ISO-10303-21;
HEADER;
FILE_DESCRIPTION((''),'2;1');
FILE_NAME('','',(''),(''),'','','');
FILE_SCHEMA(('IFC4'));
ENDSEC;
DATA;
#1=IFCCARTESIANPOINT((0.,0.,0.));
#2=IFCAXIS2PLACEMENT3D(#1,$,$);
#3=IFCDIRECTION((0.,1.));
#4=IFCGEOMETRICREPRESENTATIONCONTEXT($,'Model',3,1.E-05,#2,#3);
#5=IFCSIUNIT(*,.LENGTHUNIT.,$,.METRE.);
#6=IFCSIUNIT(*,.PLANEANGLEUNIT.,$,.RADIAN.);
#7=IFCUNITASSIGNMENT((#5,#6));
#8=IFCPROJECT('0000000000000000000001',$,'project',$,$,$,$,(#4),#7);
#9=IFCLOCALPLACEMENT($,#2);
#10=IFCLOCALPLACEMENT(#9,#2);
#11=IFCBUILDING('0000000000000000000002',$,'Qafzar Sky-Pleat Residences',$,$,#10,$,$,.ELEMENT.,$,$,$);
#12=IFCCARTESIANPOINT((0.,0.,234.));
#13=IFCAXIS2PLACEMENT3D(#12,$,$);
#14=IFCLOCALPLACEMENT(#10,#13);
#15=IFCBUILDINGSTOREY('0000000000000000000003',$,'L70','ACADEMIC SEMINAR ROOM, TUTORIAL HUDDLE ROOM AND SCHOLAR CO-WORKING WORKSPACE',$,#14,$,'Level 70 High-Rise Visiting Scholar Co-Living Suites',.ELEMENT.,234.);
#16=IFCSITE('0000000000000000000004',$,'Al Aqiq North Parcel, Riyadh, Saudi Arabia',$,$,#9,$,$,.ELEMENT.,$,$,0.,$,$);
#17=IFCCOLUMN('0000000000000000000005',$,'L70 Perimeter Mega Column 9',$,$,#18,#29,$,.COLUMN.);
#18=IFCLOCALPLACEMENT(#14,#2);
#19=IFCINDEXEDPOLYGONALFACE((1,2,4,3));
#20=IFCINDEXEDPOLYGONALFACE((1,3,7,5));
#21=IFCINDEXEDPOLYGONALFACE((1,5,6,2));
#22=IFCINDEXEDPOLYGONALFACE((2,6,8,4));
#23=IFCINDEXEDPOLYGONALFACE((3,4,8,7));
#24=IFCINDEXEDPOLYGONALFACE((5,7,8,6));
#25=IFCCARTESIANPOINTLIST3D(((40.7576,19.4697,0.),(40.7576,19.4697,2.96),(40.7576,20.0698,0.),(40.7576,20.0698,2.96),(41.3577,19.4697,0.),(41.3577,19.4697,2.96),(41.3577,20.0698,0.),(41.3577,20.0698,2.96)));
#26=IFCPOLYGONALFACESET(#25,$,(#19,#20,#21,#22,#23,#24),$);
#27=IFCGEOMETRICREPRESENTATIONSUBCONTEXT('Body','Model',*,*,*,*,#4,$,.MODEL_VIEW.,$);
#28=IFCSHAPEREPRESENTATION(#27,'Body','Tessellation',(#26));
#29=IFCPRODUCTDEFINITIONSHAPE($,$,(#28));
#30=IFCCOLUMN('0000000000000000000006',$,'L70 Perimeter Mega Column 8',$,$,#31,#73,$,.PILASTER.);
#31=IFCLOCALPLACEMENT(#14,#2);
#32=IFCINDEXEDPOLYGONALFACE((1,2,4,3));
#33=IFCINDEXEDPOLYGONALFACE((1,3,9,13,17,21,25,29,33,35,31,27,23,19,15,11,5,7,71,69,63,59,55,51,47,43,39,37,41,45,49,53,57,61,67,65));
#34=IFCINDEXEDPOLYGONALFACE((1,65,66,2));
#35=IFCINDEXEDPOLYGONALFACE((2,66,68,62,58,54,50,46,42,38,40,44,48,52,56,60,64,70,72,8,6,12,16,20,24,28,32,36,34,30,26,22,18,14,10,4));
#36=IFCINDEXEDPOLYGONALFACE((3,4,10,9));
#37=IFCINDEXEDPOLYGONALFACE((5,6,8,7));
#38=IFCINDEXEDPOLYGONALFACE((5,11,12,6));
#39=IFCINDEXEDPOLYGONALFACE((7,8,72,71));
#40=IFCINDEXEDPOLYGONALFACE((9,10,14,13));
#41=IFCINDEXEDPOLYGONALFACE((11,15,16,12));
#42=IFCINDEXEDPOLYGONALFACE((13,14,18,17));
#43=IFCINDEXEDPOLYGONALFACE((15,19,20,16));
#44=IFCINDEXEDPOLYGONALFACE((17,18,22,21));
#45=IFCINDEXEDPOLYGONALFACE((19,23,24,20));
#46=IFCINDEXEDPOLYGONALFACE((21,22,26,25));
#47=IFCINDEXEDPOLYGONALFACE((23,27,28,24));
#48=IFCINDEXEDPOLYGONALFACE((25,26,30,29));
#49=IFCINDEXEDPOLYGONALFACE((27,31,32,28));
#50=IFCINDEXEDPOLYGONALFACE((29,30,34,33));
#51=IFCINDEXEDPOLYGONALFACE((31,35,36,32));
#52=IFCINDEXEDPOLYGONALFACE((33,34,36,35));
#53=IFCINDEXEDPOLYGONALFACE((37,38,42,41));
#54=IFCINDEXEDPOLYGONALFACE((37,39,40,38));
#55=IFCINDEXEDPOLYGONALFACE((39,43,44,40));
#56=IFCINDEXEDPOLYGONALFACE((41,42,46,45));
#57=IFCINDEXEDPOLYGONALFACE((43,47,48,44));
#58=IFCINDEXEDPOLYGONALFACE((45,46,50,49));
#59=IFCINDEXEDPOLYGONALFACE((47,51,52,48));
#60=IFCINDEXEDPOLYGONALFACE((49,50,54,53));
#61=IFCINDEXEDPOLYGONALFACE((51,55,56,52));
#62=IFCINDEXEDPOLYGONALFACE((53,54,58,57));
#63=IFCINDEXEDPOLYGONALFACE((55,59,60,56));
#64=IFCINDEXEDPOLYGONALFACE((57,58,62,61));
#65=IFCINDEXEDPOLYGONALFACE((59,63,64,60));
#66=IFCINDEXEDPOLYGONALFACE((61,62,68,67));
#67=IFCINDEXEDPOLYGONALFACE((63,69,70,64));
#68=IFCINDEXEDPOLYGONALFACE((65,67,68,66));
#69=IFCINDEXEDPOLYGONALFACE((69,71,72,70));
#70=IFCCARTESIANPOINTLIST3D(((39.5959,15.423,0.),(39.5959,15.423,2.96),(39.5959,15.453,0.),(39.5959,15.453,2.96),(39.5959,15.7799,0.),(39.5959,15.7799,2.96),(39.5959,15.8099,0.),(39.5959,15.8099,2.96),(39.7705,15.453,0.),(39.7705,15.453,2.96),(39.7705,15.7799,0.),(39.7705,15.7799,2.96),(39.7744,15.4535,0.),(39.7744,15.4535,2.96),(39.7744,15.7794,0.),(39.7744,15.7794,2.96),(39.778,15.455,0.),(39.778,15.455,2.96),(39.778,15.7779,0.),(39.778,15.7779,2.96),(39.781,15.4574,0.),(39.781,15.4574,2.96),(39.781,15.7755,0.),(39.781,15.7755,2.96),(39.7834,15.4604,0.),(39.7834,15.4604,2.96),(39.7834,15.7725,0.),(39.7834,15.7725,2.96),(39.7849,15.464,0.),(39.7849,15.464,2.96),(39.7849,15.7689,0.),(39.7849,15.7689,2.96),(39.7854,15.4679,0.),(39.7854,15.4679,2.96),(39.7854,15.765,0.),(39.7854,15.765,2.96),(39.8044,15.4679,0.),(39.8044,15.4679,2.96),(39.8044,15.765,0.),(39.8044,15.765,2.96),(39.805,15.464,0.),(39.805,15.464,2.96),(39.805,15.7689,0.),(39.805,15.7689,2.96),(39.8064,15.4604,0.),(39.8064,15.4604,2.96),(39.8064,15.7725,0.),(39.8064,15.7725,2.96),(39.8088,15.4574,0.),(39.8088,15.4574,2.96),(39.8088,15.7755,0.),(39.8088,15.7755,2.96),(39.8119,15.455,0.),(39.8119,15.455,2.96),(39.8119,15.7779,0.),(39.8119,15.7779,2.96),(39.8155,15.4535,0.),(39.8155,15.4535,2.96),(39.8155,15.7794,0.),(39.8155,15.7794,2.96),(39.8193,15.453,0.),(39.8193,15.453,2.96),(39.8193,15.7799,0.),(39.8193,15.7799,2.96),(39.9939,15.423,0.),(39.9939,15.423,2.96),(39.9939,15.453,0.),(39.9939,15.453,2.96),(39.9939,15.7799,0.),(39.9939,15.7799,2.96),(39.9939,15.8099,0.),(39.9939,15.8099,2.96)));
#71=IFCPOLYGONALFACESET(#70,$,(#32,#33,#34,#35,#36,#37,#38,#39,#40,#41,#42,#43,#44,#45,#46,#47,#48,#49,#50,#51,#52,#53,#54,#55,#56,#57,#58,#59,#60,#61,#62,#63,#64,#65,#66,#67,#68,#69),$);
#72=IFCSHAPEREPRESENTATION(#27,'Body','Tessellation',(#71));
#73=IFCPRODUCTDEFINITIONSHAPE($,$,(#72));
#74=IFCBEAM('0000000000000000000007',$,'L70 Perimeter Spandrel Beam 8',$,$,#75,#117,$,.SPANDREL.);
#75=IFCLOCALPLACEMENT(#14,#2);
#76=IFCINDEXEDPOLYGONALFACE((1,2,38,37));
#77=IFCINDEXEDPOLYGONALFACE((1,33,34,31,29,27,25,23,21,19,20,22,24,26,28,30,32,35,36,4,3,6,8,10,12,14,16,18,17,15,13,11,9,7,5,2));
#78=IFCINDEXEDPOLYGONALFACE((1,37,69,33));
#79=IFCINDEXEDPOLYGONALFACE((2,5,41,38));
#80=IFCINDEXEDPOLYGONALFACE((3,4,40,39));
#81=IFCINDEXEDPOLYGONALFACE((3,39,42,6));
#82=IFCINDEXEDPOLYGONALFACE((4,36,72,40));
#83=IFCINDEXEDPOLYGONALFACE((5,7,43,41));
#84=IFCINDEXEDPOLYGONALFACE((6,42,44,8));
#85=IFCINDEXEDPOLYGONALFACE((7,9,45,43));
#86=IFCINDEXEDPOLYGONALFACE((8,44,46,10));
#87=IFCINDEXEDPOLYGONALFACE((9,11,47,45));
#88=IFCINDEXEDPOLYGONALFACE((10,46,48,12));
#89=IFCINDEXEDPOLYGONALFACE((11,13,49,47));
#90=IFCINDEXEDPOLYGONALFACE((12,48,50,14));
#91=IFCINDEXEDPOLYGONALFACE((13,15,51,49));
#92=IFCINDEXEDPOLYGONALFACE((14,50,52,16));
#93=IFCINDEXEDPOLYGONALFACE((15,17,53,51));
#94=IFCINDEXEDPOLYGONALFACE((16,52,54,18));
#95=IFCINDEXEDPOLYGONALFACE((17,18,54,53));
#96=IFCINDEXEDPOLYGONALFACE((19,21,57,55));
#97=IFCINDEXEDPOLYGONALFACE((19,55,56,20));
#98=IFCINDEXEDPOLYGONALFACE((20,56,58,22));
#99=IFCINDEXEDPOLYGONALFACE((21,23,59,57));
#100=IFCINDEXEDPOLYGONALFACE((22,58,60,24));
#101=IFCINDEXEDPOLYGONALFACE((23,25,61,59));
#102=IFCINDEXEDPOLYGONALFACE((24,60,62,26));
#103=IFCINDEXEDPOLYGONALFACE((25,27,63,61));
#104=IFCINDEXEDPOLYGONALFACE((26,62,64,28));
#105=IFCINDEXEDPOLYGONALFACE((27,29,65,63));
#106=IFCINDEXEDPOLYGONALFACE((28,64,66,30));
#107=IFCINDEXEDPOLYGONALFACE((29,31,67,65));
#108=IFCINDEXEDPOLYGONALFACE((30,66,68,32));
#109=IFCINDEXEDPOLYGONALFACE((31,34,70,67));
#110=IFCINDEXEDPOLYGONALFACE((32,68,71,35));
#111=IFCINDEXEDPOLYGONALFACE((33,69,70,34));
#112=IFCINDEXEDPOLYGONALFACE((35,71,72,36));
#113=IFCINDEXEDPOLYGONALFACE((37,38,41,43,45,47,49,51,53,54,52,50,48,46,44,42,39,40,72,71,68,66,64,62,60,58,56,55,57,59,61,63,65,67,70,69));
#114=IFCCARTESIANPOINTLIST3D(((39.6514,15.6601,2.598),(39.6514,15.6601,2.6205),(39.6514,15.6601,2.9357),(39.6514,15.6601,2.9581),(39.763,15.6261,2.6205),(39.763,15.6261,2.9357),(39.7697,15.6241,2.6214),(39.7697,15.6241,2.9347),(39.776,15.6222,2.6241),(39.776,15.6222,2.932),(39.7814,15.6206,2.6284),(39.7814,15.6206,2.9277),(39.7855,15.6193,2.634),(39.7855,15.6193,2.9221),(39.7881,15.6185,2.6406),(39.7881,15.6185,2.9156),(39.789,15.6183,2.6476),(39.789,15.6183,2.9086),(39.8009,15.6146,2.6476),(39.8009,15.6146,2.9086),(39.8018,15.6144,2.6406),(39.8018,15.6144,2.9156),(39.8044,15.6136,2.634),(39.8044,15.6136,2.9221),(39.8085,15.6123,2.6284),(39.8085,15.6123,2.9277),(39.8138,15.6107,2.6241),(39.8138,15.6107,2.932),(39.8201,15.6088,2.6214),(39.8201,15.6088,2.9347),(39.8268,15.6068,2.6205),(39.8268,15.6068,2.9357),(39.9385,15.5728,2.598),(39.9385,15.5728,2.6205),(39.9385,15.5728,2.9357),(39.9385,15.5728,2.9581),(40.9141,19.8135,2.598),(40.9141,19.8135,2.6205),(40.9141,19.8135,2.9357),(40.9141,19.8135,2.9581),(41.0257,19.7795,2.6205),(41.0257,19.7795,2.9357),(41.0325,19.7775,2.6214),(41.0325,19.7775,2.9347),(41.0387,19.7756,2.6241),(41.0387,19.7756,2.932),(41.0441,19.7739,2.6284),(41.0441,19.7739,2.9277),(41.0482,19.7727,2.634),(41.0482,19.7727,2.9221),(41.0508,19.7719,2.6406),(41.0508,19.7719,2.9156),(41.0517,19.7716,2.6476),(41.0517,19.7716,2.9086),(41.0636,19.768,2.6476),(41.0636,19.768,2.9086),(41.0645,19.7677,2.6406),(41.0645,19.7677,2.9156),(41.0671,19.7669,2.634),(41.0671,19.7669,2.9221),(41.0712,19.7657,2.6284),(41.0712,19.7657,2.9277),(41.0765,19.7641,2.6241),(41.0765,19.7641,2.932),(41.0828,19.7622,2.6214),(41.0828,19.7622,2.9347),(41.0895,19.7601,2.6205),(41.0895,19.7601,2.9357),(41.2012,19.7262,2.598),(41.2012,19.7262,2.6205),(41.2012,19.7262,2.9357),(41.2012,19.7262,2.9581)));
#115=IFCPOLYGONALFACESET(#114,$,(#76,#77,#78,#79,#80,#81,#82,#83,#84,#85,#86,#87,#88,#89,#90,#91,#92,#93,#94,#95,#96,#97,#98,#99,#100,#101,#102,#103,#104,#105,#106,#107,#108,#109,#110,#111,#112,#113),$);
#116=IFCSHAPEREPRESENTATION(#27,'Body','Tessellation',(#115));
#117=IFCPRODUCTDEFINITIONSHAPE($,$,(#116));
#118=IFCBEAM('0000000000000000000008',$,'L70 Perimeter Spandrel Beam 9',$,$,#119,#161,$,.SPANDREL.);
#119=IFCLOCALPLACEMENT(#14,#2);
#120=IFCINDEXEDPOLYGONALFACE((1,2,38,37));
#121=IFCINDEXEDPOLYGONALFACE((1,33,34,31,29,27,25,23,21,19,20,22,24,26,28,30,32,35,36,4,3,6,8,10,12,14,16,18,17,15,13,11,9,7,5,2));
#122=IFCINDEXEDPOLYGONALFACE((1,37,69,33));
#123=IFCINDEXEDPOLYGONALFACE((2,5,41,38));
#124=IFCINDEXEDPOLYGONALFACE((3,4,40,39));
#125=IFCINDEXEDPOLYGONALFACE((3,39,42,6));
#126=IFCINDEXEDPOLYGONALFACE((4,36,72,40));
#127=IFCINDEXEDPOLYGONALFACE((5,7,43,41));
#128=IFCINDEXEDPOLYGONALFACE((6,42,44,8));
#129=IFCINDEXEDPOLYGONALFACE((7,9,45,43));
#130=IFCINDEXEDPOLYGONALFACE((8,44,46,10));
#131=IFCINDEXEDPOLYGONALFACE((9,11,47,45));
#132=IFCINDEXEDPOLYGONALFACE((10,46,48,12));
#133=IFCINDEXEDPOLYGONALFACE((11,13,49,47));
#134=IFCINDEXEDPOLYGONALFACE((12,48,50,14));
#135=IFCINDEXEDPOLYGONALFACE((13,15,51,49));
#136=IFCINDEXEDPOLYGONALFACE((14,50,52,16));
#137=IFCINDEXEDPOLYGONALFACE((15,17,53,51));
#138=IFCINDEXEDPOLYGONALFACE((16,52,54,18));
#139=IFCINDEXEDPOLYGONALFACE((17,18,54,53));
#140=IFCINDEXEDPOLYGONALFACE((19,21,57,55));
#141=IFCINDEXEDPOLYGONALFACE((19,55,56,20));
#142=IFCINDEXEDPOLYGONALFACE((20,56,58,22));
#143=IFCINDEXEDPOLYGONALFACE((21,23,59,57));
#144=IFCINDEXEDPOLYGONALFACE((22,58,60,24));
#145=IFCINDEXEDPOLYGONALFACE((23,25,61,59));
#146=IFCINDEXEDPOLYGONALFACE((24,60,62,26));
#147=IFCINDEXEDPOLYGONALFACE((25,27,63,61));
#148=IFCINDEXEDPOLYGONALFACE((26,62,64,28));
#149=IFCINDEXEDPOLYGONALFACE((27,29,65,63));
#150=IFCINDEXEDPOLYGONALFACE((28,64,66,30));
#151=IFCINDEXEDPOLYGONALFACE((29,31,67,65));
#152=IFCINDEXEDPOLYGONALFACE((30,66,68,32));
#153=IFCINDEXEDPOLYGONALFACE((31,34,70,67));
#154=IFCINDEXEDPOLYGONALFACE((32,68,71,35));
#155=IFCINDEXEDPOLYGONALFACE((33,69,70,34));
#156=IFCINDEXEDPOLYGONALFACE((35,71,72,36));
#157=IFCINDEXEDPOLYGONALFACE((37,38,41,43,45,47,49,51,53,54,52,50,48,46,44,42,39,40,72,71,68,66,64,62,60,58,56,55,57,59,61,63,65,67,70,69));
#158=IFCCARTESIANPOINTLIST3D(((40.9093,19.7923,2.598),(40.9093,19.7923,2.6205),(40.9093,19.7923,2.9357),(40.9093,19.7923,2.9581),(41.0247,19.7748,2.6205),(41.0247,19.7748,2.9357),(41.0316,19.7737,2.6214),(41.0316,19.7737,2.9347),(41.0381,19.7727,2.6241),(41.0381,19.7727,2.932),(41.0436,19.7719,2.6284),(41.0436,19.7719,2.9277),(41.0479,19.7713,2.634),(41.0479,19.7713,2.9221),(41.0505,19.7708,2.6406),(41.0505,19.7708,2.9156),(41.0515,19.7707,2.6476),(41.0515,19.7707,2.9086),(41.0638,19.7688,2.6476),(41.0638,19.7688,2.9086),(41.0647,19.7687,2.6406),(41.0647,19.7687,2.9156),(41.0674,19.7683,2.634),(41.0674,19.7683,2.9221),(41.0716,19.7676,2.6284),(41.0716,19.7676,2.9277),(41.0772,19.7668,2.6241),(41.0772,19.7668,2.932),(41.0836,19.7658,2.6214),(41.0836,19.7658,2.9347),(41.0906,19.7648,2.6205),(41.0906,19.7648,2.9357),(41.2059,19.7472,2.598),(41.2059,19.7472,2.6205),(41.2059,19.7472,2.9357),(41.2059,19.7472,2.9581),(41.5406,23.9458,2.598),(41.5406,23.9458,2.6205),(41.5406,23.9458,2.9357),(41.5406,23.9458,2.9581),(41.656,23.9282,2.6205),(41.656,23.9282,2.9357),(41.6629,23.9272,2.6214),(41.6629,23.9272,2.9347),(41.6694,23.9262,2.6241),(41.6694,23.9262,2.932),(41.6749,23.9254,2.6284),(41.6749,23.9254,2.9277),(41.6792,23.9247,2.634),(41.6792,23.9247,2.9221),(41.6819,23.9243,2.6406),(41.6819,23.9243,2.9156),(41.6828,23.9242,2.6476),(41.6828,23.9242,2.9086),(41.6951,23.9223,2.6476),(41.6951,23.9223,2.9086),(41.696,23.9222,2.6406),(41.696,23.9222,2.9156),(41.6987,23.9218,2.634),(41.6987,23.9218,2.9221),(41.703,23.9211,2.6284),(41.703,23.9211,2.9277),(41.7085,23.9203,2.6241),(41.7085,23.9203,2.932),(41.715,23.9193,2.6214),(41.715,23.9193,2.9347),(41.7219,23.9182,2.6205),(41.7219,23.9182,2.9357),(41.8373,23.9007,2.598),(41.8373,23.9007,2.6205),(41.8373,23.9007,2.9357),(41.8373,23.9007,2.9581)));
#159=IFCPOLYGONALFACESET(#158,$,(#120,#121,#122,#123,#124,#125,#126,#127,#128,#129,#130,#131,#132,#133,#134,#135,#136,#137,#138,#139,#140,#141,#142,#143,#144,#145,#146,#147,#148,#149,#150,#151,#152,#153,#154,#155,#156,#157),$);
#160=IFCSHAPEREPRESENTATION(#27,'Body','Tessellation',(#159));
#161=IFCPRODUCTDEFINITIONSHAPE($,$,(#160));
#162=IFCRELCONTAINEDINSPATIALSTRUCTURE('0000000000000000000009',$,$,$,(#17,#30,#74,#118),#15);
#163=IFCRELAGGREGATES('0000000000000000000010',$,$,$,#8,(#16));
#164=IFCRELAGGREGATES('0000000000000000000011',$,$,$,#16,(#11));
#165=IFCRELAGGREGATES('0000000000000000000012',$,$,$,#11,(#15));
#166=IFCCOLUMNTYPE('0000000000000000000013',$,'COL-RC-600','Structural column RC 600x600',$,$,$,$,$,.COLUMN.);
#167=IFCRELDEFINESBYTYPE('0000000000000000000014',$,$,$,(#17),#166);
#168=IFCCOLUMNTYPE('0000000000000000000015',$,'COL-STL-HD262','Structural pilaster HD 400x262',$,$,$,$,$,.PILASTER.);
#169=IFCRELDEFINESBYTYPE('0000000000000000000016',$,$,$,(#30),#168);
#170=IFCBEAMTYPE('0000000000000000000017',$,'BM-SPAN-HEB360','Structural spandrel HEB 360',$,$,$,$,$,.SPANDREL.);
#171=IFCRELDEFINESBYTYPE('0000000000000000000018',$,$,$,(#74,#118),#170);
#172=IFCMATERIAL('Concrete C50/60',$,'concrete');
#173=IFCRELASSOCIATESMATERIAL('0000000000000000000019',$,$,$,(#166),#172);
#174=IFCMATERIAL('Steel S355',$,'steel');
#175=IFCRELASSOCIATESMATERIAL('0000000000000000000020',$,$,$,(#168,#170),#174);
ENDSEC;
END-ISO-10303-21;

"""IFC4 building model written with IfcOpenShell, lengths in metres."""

from ifc_helpers import new_model, si_unit, direction, frame, origin, origin_2d, place, context, subcontext, project, spatial, rectangle, i_section, extrude, source, transform, mapped, material, material_profile, profile_set, type_object, element, save


model = new_model("IFC4")

# Units and contexts
model_context = context("Model", 3, precision=1e-05, world=origin(), true_north=direction((0.0, 1.0)))
body_context = subcontext(model_context, "Body", "Model", "MODEL_VIEW")
ifc_project = project(units=[si_unit("LENGTHUNIT", "METRE"), si_unit("PLANEANGLEUNIT", "RADIAN")], contexts=[model_context])

# Site, building, storey
site_placement = place(None, origin())
site = spatial("IfcSite", under=ifc_project, at=site_placement, Name="Al Aqiq North Parcel, Riyadh, Saudi Arabia", CompositionType="ELEMENT", RefElevation=0.0)
building_placement = place(site_placement, origin())
building = spatial("IfcBuilding", under=site, at=building_placement, Name="Qafzar Sky-Pleat Residences", CompositionType="ELEMENT")
storey_placement = place(building_placement, frame((0.0, 0.0, 234.0)))
storey = spatial("IfcBuildingStorey", under=building, at=storey_placement, Name="L70", Description="ACADEMIC SEMINAR ROOM, TUTORIAL HUDDLE ROOM AND SCHOLAR CO-WORKING WORKSPACE", LongName="Level 70 High-Rise Visiting Scholar Co-Living Suites", CompositionType="ELEMENT", Elevation=234.0)

# Columns
ifc_material_1 = material(Name="Concrete C50/60", Category="concrete")
ifc_material_profile_1 = material_profile(ifc_material_1, rectangle(XDim=0.6001, YDim=0.6001, at=origin_2d()), Name="RC 600x600")
ifc_profile_set_1 = profile_set([ifc_material_profile_1], Name="Concrete C50/60")
column_type_1 = type_object("IfcColumnType", Name="COL-RC-600", Description="Structural column RC 600x600", PredefinedType="COLUMN", material=ifc_profile_set_1)
shared_shape_1 = source(origin(), body_context, "Body", "SweptSolid", [
    extrude(rectangle(XDim=0.6001, YDim=0.6001, at=origin_2d()), origin(), (0.0, 0.0, 1.0), 2.96),
])
column_1_placement = place(storey_placement, frame((41.0576, 19.7698, 0.0), z_axis=(0.0, 0.0, 1.0), x_axis=(1.0, 0.0, 0.0)))
element("IfcColumn", 1, at=column_1_placement, inside=storey, type_object=column_type_1, Name="L70 Perimeter Mega Column 9", PredefinedType="COLUMN", context=body_context, shape_type="MappedRepresentation", body=[
    mapped(shared_shape_1, transform((0.0, 0.0, 0.0), x_axis=(1.0, 0.0, 0.0), y_axis=(0.0, 1.0, 0.0), z_axis=(0.0, 0.0, 1.0), scale=1.0)),
])
ifc_material_2 = material(Name="Steel S355", Category="steel")
ifc_material_profile_2 = material_profile(ifc_material_2, i_section(OverallWidth=0.3979, OverallDepth=0.387, WebThickness=0.019, FlangeThickness=0.03, FilletRadius=0.0149, at=origin_2d()), Name="HD 400x262")
ifc_profile_set_2 = profile_set([ifc_material_profile_2], Name="Steel S355")
column_type_2 = type_object("IfcColumnType", Name="COL-STL-HD262", Description="Structural pilaster HD 400x262", PredefinedType="PILASTER", material=ifc_profile_set_2)
shared_shape_2 = source(origin(), body_context, "Body", "SweptSolid", [
    extrude(i_section(OverallWidth=0.3979, OverallDepth=0.387, WebThickness=0.019, FlangeThickness=0.03, FilletRadius=0.0149, at=origin_2d()), origin(), (0.0, 0.0, 1.0), 2.96),
])
column_2_placement = place(storey_placement, frame((39.7949, 15.6165, 0.0), z_axis=(0.0, 0.0, 1.0), x_axis=(1.0, 0.0, 0.0)))
element("IfcColumn", 2, at=column_2_placement, inside=storey, type_object=column_type_2, Name="L70 Perimeter Mega Column 8", PredefinedType="PILASTER", context=body_context, shape_type="MappedRepresentation", body=[
    mapped(shared_shape_2, transform((0.0, 0.0, 0.0), x_axis=(1.0, 0.0, 0.0), y_axis=(0.0, 1.0, 0.0), z_axis=(0.0, 0.0, 1.0), scale=1.0)),
])

# Beams
ifc_material_profile_3 = material_profile(ifc_material_2, i_section(OverallWidth=0.3, OverallDepth=0.3601, WebThickness=0.0125, FlangeThickness=0.0225, FilletRadius=0.0271, at=origin_2d()), Name="HEB 360")
ifc_profile_set_3 = profile_set([ifc_material_profile_3], Name="Steel S355")
beam_type_1 = type_object("IfcBeamType", Name="BM-SPAN-HEB360", Description="Structural spandrel HEB 360", PredefinedType="SPANDREL", material=ifc_profile_set_3)
shared_shape_3 = source(origin(), body_context, "Body", "SweptSolid", [
    extrude(i_section(OverallWidth=0.3, OverallDepth=0.3601, WebThickness=0.0125, FlangeThickness=0.0225, FilletRadius=0.0271, at=origin_2d()), origin(), (0.0, 0.0, 1.0), 4.3411),
])
beam_1_placement = place(storey_placement, frame((39.7949, 15.6165, 2.7781), z_axis=(0.290875, 0.956761, 0.0), x_axis=(-0.956761, 0.290875, 0.0)))
element("IfcBeam", 3, at=beam_1_placement, inside=storey, type_object=beam_type_1, Name="L70 Perimeter Spandrel Beam 8", PredefinedType="SPANDREL", context=body_context, shape_type="MappedRepresentation", body=[
    mapped(shared_shape_3, transform((0.0, 0.0, 0.0), x_axis=(1.0, 0.0, 0.0), y_axis=(0.0, 1.0, 0.0), z_axis=(0.0, 0.0, 1.0), scale=1.0)),
])
shared_shape_4 = source(origin(), body_context, "Body", "SweptSolid", [
    extrude(i_section(OverallWidth=0.3, OverallDepth=0.3601, WebThickness=0.0125, FlangeThickness=0.0225, FilletRadius=0.0271, at=origin_2d()), origin(), (0.0, 0.0, 1.0), 4.2012),
])
beam_2_placement = place(storey_placement, frame((41.0576, 19.7698, 2.7781), z_axis=(0.150275, 0.988644, 0.0), x_axis=(-0.988644, 0.150275, 0.0)))
element("IfcBeam", 4, at=beam_2_placement, inside=storey, type_object=beam_type_1, Name="L70 Perimeter Spandrel Beam 9", PredefinedType="SPANDREL", context=body_context, shape_type="MappedRepresentation", body=[
    mapped(shared_shape_4, transform((0.0, 0.0, 0.0), x_axis=(1.0, 0.0, 0.0), y_axis=(0.0, 1.0, 0.0), z_axis=(0.0, 0.0, 1.0), scale=1.0)),
])

save(model, "model.ifc")
